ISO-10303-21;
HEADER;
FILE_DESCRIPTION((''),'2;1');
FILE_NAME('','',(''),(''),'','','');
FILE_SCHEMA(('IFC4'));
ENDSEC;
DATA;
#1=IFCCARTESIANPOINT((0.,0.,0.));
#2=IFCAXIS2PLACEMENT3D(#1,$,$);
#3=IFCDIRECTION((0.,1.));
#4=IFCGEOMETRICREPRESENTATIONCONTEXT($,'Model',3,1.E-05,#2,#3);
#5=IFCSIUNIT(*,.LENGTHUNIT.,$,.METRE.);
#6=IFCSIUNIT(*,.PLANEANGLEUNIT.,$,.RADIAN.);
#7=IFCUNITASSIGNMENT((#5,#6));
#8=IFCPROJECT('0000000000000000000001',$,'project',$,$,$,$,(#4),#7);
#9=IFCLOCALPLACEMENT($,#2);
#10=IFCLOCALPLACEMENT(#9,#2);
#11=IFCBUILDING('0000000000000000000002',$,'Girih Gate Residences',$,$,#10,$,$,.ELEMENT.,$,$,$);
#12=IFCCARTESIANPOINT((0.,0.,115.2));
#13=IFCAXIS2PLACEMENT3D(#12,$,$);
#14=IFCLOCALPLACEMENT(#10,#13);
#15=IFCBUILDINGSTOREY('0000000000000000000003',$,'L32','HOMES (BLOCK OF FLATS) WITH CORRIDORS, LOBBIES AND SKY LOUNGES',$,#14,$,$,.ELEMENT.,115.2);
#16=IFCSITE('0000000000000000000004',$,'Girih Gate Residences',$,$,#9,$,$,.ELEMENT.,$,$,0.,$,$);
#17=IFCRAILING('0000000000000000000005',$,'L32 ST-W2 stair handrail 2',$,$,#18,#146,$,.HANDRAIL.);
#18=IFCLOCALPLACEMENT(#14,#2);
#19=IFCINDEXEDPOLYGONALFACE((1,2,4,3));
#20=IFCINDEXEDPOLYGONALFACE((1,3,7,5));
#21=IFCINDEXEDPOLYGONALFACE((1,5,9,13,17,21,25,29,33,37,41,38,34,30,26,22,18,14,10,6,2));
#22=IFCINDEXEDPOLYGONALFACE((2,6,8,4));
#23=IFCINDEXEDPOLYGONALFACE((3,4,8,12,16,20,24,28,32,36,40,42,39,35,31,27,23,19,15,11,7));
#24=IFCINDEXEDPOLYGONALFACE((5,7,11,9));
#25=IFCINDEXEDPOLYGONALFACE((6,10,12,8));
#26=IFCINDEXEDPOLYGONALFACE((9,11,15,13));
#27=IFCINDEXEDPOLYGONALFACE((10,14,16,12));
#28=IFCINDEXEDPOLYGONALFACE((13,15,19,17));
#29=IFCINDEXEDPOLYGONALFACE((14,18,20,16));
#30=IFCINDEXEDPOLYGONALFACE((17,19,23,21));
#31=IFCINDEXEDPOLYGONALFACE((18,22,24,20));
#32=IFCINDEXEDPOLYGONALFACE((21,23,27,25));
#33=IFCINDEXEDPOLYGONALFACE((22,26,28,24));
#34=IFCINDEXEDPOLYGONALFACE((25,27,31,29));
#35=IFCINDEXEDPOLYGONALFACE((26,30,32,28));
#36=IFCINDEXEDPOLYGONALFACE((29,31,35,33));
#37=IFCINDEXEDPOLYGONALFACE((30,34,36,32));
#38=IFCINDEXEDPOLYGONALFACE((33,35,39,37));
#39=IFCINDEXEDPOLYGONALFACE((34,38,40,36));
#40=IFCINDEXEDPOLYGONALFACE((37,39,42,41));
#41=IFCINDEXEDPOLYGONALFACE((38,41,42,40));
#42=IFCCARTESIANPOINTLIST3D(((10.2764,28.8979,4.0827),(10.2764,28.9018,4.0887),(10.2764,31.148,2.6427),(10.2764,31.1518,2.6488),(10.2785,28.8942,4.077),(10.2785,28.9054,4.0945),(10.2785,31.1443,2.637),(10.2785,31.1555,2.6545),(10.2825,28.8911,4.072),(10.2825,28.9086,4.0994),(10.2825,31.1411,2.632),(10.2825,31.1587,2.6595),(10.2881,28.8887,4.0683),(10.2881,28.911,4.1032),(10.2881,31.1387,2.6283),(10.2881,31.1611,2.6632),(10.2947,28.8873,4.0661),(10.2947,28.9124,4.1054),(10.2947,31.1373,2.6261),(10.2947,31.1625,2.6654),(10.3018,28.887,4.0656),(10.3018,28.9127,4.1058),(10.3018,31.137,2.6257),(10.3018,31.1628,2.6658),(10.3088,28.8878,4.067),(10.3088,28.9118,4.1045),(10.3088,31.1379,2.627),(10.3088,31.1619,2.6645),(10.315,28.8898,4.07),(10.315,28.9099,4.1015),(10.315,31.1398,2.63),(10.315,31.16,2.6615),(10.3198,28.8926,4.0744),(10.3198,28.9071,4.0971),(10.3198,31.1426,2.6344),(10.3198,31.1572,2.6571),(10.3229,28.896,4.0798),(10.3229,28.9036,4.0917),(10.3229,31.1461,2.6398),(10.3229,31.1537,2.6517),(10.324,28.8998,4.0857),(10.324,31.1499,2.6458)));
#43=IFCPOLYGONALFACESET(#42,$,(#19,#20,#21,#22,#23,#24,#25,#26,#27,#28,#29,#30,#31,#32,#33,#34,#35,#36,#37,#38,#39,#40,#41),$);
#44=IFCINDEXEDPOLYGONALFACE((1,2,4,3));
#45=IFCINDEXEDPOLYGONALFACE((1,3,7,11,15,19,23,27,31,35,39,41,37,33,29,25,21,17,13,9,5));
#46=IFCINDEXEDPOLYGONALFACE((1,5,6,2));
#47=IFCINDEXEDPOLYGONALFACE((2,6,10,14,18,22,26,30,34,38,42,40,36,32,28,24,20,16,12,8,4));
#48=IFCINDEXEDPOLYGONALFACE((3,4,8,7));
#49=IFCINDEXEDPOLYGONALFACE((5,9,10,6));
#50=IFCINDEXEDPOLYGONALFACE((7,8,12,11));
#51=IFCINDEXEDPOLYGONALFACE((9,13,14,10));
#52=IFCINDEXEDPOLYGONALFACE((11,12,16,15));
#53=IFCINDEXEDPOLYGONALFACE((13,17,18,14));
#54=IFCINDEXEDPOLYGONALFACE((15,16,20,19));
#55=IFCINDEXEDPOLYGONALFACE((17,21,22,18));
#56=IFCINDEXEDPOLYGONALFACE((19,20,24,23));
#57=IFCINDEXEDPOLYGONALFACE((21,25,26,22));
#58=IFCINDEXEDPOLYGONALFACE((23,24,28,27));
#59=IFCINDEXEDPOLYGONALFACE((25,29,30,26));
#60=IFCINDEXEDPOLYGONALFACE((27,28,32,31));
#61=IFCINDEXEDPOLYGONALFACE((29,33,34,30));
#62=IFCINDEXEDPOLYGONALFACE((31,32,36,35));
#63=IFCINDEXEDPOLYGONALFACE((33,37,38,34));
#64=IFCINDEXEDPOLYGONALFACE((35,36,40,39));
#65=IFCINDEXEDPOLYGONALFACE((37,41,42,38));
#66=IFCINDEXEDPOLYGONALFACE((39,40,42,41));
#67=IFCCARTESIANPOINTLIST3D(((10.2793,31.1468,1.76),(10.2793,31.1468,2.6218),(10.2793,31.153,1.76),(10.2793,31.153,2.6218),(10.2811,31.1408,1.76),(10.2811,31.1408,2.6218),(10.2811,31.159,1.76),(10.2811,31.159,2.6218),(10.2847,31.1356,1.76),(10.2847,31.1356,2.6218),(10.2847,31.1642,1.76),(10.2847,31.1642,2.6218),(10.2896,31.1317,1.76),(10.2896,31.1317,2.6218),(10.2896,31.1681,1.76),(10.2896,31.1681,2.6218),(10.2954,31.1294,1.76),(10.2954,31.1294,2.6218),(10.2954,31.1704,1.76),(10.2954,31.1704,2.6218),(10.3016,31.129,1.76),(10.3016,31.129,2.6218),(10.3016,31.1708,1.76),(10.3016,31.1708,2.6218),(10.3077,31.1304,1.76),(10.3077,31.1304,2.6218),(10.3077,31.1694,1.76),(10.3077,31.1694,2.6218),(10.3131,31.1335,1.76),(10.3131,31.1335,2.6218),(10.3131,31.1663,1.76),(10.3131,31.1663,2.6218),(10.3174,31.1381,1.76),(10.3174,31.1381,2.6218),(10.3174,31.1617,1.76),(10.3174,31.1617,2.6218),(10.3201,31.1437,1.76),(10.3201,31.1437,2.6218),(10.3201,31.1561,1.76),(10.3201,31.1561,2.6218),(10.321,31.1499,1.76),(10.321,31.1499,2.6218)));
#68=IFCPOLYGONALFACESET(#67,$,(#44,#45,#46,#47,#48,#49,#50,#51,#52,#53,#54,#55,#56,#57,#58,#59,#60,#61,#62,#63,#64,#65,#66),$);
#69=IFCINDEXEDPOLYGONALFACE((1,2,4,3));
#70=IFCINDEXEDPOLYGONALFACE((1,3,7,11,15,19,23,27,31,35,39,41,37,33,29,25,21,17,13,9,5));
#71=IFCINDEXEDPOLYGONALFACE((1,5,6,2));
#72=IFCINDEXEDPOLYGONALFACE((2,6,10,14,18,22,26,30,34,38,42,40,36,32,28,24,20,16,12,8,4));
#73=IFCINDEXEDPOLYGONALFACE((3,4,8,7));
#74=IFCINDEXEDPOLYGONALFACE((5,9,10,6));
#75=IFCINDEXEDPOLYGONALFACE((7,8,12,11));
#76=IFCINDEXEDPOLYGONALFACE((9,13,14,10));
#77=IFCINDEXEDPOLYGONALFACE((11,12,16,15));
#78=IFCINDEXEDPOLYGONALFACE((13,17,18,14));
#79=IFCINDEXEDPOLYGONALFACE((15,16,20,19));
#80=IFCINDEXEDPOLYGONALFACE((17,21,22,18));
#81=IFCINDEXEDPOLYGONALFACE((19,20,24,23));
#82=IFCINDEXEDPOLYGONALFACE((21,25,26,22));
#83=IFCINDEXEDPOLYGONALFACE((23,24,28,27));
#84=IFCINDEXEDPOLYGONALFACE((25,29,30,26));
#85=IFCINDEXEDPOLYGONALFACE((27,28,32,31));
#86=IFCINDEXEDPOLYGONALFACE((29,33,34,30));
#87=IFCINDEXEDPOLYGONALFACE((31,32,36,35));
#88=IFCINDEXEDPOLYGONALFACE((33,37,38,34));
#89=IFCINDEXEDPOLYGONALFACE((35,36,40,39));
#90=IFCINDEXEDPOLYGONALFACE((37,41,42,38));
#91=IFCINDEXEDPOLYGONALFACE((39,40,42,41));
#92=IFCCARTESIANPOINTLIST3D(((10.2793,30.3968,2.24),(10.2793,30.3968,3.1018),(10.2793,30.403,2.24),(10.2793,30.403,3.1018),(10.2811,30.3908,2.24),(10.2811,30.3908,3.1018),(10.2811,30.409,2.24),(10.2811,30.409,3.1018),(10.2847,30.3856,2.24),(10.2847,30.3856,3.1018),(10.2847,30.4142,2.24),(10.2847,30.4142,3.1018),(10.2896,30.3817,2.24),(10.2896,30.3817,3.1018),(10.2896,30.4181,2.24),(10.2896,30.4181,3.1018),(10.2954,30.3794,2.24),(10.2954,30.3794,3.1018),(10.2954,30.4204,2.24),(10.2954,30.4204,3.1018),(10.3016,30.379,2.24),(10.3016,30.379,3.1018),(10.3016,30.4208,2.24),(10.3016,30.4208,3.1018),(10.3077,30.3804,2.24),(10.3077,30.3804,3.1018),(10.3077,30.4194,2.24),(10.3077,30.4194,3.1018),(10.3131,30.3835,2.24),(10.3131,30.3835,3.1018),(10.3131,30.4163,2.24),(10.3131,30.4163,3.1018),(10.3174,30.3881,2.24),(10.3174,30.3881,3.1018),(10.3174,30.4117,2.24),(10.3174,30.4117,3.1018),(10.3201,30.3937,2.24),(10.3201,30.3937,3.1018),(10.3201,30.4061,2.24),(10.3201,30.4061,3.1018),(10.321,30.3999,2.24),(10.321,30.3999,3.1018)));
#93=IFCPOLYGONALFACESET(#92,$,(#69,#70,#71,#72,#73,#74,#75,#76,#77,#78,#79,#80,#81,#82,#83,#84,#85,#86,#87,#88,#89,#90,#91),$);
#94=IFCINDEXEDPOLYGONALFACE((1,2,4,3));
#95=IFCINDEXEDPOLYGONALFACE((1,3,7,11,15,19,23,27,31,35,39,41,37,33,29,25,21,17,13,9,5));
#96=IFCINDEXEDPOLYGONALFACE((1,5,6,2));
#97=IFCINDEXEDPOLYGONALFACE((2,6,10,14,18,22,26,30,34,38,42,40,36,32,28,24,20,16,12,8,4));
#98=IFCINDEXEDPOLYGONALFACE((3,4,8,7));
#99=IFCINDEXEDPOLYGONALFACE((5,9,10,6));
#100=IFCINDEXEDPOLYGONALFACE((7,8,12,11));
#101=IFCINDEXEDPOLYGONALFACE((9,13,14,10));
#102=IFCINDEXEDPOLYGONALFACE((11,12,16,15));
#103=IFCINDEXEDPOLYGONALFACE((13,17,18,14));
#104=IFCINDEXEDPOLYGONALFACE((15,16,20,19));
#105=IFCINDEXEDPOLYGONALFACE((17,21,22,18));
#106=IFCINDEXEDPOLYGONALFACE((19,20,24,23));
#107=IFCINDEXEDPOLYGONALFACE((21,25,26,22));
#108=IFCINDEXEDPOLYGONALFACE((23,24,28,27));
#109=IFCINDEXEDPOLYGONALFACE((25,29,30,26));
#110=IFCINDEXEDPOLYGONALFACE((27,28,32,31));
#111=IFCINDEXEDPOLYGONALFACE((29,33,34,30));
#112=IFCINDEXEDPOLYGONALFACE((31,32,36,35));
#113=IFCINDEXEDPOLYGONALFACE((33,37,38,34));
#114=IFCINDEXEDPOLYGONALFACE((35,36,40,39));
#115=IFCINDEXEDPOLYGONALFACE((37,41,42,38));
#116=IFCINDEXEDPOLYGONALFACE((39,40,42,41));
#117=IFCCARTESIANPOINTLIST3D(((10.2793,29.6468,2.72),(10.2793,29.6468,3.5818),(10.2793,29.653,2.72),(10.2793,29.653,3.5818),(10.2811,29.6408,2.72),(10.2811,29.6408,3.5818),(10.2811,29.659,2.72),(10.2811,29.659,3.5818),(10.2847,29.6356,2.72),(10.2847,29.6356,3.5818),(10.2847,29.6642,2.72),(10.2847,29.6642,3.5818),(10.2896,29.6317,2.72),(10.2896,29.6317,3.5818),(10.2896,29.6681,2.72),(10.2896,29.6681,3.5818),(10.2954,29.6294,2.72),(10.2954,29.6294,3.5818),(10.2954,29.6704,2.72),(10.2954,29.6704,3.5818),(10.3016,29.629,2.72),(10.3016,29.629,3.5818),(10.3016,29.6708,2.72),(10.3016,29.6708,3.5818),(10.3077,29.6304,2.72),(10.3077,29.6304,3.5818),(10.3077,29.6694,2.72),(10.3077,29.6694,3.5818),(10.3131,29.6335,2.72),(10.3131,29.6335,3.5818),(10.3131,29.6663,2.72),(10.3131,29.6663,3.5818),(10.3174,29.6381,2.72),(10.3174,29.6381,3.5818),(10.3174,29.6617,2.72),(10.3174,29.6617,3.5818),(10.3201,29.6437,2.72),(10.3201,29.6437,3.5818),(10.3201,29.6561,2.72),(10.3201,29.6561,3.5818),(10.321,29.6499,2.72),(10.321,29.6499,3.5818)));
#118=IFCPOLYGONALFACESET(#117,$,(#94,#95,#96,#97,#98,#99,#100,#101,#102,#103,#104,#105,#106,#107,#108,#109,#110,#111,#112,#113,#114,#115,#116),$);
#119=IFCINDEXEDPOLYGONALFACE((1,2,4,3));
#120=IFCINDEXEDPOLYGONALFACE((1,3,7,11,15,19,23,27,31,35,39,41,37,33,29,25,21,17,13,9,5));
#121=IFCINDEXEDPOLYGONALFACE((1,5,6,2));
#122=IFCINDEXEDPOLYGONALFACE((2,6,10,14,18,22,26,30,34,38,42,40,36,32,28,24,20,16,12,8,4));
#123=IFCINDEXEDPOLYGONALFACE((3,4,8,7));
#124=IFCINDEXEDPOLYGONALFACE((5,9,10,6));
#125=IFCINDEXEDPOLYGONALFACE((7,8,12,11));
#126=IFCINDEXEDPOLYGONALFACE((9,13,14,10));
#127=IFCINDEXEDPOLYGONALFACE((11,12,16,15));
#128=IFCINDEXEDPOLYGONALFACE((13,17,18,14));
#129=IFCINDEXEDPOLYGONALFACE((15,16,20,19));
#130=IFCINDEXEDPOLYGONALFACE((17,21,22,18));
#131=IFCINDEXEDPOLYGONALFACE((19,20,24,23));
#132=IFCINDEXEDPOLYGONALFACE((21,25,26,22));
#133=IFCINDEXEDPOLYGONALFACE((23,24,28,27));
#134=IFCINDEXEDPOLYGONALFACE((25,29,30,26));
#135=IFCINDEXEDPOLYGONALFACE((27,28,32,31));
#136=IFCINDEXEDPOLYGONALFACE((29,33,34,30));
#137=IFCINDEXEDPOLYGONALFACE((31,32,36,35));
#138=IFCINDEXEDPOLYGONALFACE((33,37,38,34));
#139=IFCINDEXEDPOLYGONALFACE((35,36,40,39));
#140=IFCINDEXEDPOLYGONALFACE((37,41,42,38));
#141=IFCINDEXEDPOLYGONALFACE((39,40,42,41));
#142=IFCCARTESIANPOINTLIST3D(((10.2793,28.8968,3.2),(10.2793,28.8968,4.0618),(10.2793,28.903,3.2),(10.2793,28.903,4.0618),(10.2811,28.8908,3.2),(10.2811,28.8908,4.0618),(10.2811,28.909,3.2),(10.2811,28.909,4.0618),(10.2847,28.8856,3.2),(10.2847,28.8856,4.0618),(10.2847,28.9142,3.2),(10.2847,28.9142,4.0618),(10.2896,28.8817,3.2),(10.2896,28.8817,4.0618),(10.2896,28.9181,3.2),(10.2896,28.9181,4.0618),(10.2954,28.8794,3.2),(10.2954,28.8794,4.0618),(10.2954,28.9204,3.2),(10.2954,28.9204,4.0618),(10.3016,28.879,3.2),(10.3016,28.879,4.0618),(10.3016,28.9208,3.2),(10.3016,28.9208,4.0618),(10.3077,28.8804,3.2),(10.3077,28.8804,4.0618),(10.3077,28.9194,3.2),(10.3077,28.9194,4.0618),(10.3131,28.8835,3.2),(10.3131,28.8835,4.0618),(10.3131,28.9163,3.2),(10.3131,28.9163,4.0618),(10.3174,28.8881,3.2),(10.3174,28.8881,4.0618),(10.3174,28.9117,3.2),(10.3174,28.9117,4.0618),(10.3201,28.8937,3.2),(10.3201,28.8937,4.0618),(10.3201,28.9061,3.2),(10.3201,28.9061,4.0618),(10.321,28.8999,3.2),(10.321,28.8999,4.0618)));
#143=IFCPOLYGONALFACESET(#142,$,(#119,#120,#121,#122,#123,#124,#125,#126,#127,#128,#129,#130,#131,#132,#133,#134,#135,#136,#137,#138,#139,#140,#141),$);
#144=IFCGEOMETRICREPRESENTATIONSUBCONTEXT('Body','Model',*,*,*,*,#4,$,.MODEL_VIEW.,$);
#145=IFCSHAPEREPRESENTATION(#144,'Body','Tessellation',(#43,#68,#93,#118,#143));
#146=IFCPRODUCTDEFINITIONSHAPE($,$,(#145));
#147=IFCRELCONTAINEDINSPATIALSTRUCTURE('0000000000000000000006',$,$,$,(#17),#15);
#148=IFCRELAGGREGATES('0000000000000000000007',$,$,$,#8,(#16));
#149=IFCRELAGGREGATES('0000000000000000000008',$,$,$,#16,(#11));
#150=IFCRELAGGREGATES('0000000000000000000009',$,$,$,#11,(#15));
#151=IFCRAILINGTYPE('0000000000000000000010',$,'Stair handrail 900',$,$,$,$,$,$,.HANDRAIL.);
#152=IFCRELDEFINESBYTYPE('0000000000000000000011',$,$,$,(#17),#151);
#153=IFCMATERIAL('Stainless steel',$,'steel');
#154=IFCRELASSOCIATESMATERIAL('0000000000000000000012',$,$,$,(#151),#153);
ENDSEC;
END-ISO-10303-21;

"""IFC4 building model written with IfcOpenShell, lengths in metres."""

from ifc_helpers import new_model, si_unit, direction, frame, origin, origin_2d, place, context, subcontext, project, spatial, circle, extrude, material, type_object, element, save


model = new_model("IFC4")

# Units and contexts
model_context = context("Model", 3, precision=1e-05, world=origin(), true_north=direction((0.0, 1.0)))
body_context = subcontext(model_context, "Body", "Model", "MODEL_VIEW")
ifc_project = project(units=[si_unit("LENGTHUNIT", "METRE"), si_unit("PLANEANGLEUNIT", "RADIAN")], contexts=[model_context])

# Site, building, storey
site_placement = place(None, origin())
site = spatial("IfcSite", under=ifc_project, at=site_placement, Name="Girih Gate Residences", CompositionType="ELEMENT", RefElevation=0.0)
building_placement = place(site_placement, origin())
building = spatial("IfcBuilding", under=site, at=building_placement, Name="Girih Gate Residences", CompositionType="ELEMENT")
storey_placement = place(building_placement, frame((0.0, 0.0, 115.2)))
storey = spatial("IfcBuildingStorey", under=building, at=storey_placement, Name="L32", Description="HOMES (BLOCK OF FLATS) WITH CORRIDORS, LOBBIES AND SKY LOUNGES", CompositionType="ELEMENT", Elevation=115.2)

# Railing
ifc_material_1 = material(Name="Stainless steel", Category="steel")
railing_type_1 = type_object("IfcRailingType", Name="Stair handrail 900", PredefinedType="HANDRAIL", material=ifc_material_1)
railing_1_placement = place(storey_placement, frame((10.3, 31.1499, 1.76)))
element("IfcRailing", 1, at=railing_1_placement, inside=storey, type_object=railing_type_1, Name="L32 ST-W2 stair handrail 2", PredefinedType="HANDRAIL", context=body_context, shape_type="SweptSolid", body=[
    extrude(circle(Radius=0.0239, at=origin_2d()), frame((0.0, 0.0, 0.8857), z_axis=(0.0, -0.842281, 0.539038), x_axis=(1.0, 0.0, 0.0)), (0.0, 0.0, 1.0), 2.6714),
    extrude(circle(Radius=0.021, at=origin_2d()), origin(), (0.0, 0.0, 1.0), 0.8618),
    extrude(circle(Radius=0.021, at=origin_2d()), frame((0.0, -0.75, 0.48)), (0.0, 0.0, 1.0), 0.8618),
    extrude(circle(Radius=0.021, at=origin_2d()), frame((0.0, -1.5, 0.96)), (0.0, 0.0, 1.0), 0.8618),
    extrude(circle(Radius=0.021, at=origin_2d()), frame((0.0, -2.25, 1.4399)), (0.0, 0.0, 1.0), 0.8618),
])

save(model, "model.ifc")
